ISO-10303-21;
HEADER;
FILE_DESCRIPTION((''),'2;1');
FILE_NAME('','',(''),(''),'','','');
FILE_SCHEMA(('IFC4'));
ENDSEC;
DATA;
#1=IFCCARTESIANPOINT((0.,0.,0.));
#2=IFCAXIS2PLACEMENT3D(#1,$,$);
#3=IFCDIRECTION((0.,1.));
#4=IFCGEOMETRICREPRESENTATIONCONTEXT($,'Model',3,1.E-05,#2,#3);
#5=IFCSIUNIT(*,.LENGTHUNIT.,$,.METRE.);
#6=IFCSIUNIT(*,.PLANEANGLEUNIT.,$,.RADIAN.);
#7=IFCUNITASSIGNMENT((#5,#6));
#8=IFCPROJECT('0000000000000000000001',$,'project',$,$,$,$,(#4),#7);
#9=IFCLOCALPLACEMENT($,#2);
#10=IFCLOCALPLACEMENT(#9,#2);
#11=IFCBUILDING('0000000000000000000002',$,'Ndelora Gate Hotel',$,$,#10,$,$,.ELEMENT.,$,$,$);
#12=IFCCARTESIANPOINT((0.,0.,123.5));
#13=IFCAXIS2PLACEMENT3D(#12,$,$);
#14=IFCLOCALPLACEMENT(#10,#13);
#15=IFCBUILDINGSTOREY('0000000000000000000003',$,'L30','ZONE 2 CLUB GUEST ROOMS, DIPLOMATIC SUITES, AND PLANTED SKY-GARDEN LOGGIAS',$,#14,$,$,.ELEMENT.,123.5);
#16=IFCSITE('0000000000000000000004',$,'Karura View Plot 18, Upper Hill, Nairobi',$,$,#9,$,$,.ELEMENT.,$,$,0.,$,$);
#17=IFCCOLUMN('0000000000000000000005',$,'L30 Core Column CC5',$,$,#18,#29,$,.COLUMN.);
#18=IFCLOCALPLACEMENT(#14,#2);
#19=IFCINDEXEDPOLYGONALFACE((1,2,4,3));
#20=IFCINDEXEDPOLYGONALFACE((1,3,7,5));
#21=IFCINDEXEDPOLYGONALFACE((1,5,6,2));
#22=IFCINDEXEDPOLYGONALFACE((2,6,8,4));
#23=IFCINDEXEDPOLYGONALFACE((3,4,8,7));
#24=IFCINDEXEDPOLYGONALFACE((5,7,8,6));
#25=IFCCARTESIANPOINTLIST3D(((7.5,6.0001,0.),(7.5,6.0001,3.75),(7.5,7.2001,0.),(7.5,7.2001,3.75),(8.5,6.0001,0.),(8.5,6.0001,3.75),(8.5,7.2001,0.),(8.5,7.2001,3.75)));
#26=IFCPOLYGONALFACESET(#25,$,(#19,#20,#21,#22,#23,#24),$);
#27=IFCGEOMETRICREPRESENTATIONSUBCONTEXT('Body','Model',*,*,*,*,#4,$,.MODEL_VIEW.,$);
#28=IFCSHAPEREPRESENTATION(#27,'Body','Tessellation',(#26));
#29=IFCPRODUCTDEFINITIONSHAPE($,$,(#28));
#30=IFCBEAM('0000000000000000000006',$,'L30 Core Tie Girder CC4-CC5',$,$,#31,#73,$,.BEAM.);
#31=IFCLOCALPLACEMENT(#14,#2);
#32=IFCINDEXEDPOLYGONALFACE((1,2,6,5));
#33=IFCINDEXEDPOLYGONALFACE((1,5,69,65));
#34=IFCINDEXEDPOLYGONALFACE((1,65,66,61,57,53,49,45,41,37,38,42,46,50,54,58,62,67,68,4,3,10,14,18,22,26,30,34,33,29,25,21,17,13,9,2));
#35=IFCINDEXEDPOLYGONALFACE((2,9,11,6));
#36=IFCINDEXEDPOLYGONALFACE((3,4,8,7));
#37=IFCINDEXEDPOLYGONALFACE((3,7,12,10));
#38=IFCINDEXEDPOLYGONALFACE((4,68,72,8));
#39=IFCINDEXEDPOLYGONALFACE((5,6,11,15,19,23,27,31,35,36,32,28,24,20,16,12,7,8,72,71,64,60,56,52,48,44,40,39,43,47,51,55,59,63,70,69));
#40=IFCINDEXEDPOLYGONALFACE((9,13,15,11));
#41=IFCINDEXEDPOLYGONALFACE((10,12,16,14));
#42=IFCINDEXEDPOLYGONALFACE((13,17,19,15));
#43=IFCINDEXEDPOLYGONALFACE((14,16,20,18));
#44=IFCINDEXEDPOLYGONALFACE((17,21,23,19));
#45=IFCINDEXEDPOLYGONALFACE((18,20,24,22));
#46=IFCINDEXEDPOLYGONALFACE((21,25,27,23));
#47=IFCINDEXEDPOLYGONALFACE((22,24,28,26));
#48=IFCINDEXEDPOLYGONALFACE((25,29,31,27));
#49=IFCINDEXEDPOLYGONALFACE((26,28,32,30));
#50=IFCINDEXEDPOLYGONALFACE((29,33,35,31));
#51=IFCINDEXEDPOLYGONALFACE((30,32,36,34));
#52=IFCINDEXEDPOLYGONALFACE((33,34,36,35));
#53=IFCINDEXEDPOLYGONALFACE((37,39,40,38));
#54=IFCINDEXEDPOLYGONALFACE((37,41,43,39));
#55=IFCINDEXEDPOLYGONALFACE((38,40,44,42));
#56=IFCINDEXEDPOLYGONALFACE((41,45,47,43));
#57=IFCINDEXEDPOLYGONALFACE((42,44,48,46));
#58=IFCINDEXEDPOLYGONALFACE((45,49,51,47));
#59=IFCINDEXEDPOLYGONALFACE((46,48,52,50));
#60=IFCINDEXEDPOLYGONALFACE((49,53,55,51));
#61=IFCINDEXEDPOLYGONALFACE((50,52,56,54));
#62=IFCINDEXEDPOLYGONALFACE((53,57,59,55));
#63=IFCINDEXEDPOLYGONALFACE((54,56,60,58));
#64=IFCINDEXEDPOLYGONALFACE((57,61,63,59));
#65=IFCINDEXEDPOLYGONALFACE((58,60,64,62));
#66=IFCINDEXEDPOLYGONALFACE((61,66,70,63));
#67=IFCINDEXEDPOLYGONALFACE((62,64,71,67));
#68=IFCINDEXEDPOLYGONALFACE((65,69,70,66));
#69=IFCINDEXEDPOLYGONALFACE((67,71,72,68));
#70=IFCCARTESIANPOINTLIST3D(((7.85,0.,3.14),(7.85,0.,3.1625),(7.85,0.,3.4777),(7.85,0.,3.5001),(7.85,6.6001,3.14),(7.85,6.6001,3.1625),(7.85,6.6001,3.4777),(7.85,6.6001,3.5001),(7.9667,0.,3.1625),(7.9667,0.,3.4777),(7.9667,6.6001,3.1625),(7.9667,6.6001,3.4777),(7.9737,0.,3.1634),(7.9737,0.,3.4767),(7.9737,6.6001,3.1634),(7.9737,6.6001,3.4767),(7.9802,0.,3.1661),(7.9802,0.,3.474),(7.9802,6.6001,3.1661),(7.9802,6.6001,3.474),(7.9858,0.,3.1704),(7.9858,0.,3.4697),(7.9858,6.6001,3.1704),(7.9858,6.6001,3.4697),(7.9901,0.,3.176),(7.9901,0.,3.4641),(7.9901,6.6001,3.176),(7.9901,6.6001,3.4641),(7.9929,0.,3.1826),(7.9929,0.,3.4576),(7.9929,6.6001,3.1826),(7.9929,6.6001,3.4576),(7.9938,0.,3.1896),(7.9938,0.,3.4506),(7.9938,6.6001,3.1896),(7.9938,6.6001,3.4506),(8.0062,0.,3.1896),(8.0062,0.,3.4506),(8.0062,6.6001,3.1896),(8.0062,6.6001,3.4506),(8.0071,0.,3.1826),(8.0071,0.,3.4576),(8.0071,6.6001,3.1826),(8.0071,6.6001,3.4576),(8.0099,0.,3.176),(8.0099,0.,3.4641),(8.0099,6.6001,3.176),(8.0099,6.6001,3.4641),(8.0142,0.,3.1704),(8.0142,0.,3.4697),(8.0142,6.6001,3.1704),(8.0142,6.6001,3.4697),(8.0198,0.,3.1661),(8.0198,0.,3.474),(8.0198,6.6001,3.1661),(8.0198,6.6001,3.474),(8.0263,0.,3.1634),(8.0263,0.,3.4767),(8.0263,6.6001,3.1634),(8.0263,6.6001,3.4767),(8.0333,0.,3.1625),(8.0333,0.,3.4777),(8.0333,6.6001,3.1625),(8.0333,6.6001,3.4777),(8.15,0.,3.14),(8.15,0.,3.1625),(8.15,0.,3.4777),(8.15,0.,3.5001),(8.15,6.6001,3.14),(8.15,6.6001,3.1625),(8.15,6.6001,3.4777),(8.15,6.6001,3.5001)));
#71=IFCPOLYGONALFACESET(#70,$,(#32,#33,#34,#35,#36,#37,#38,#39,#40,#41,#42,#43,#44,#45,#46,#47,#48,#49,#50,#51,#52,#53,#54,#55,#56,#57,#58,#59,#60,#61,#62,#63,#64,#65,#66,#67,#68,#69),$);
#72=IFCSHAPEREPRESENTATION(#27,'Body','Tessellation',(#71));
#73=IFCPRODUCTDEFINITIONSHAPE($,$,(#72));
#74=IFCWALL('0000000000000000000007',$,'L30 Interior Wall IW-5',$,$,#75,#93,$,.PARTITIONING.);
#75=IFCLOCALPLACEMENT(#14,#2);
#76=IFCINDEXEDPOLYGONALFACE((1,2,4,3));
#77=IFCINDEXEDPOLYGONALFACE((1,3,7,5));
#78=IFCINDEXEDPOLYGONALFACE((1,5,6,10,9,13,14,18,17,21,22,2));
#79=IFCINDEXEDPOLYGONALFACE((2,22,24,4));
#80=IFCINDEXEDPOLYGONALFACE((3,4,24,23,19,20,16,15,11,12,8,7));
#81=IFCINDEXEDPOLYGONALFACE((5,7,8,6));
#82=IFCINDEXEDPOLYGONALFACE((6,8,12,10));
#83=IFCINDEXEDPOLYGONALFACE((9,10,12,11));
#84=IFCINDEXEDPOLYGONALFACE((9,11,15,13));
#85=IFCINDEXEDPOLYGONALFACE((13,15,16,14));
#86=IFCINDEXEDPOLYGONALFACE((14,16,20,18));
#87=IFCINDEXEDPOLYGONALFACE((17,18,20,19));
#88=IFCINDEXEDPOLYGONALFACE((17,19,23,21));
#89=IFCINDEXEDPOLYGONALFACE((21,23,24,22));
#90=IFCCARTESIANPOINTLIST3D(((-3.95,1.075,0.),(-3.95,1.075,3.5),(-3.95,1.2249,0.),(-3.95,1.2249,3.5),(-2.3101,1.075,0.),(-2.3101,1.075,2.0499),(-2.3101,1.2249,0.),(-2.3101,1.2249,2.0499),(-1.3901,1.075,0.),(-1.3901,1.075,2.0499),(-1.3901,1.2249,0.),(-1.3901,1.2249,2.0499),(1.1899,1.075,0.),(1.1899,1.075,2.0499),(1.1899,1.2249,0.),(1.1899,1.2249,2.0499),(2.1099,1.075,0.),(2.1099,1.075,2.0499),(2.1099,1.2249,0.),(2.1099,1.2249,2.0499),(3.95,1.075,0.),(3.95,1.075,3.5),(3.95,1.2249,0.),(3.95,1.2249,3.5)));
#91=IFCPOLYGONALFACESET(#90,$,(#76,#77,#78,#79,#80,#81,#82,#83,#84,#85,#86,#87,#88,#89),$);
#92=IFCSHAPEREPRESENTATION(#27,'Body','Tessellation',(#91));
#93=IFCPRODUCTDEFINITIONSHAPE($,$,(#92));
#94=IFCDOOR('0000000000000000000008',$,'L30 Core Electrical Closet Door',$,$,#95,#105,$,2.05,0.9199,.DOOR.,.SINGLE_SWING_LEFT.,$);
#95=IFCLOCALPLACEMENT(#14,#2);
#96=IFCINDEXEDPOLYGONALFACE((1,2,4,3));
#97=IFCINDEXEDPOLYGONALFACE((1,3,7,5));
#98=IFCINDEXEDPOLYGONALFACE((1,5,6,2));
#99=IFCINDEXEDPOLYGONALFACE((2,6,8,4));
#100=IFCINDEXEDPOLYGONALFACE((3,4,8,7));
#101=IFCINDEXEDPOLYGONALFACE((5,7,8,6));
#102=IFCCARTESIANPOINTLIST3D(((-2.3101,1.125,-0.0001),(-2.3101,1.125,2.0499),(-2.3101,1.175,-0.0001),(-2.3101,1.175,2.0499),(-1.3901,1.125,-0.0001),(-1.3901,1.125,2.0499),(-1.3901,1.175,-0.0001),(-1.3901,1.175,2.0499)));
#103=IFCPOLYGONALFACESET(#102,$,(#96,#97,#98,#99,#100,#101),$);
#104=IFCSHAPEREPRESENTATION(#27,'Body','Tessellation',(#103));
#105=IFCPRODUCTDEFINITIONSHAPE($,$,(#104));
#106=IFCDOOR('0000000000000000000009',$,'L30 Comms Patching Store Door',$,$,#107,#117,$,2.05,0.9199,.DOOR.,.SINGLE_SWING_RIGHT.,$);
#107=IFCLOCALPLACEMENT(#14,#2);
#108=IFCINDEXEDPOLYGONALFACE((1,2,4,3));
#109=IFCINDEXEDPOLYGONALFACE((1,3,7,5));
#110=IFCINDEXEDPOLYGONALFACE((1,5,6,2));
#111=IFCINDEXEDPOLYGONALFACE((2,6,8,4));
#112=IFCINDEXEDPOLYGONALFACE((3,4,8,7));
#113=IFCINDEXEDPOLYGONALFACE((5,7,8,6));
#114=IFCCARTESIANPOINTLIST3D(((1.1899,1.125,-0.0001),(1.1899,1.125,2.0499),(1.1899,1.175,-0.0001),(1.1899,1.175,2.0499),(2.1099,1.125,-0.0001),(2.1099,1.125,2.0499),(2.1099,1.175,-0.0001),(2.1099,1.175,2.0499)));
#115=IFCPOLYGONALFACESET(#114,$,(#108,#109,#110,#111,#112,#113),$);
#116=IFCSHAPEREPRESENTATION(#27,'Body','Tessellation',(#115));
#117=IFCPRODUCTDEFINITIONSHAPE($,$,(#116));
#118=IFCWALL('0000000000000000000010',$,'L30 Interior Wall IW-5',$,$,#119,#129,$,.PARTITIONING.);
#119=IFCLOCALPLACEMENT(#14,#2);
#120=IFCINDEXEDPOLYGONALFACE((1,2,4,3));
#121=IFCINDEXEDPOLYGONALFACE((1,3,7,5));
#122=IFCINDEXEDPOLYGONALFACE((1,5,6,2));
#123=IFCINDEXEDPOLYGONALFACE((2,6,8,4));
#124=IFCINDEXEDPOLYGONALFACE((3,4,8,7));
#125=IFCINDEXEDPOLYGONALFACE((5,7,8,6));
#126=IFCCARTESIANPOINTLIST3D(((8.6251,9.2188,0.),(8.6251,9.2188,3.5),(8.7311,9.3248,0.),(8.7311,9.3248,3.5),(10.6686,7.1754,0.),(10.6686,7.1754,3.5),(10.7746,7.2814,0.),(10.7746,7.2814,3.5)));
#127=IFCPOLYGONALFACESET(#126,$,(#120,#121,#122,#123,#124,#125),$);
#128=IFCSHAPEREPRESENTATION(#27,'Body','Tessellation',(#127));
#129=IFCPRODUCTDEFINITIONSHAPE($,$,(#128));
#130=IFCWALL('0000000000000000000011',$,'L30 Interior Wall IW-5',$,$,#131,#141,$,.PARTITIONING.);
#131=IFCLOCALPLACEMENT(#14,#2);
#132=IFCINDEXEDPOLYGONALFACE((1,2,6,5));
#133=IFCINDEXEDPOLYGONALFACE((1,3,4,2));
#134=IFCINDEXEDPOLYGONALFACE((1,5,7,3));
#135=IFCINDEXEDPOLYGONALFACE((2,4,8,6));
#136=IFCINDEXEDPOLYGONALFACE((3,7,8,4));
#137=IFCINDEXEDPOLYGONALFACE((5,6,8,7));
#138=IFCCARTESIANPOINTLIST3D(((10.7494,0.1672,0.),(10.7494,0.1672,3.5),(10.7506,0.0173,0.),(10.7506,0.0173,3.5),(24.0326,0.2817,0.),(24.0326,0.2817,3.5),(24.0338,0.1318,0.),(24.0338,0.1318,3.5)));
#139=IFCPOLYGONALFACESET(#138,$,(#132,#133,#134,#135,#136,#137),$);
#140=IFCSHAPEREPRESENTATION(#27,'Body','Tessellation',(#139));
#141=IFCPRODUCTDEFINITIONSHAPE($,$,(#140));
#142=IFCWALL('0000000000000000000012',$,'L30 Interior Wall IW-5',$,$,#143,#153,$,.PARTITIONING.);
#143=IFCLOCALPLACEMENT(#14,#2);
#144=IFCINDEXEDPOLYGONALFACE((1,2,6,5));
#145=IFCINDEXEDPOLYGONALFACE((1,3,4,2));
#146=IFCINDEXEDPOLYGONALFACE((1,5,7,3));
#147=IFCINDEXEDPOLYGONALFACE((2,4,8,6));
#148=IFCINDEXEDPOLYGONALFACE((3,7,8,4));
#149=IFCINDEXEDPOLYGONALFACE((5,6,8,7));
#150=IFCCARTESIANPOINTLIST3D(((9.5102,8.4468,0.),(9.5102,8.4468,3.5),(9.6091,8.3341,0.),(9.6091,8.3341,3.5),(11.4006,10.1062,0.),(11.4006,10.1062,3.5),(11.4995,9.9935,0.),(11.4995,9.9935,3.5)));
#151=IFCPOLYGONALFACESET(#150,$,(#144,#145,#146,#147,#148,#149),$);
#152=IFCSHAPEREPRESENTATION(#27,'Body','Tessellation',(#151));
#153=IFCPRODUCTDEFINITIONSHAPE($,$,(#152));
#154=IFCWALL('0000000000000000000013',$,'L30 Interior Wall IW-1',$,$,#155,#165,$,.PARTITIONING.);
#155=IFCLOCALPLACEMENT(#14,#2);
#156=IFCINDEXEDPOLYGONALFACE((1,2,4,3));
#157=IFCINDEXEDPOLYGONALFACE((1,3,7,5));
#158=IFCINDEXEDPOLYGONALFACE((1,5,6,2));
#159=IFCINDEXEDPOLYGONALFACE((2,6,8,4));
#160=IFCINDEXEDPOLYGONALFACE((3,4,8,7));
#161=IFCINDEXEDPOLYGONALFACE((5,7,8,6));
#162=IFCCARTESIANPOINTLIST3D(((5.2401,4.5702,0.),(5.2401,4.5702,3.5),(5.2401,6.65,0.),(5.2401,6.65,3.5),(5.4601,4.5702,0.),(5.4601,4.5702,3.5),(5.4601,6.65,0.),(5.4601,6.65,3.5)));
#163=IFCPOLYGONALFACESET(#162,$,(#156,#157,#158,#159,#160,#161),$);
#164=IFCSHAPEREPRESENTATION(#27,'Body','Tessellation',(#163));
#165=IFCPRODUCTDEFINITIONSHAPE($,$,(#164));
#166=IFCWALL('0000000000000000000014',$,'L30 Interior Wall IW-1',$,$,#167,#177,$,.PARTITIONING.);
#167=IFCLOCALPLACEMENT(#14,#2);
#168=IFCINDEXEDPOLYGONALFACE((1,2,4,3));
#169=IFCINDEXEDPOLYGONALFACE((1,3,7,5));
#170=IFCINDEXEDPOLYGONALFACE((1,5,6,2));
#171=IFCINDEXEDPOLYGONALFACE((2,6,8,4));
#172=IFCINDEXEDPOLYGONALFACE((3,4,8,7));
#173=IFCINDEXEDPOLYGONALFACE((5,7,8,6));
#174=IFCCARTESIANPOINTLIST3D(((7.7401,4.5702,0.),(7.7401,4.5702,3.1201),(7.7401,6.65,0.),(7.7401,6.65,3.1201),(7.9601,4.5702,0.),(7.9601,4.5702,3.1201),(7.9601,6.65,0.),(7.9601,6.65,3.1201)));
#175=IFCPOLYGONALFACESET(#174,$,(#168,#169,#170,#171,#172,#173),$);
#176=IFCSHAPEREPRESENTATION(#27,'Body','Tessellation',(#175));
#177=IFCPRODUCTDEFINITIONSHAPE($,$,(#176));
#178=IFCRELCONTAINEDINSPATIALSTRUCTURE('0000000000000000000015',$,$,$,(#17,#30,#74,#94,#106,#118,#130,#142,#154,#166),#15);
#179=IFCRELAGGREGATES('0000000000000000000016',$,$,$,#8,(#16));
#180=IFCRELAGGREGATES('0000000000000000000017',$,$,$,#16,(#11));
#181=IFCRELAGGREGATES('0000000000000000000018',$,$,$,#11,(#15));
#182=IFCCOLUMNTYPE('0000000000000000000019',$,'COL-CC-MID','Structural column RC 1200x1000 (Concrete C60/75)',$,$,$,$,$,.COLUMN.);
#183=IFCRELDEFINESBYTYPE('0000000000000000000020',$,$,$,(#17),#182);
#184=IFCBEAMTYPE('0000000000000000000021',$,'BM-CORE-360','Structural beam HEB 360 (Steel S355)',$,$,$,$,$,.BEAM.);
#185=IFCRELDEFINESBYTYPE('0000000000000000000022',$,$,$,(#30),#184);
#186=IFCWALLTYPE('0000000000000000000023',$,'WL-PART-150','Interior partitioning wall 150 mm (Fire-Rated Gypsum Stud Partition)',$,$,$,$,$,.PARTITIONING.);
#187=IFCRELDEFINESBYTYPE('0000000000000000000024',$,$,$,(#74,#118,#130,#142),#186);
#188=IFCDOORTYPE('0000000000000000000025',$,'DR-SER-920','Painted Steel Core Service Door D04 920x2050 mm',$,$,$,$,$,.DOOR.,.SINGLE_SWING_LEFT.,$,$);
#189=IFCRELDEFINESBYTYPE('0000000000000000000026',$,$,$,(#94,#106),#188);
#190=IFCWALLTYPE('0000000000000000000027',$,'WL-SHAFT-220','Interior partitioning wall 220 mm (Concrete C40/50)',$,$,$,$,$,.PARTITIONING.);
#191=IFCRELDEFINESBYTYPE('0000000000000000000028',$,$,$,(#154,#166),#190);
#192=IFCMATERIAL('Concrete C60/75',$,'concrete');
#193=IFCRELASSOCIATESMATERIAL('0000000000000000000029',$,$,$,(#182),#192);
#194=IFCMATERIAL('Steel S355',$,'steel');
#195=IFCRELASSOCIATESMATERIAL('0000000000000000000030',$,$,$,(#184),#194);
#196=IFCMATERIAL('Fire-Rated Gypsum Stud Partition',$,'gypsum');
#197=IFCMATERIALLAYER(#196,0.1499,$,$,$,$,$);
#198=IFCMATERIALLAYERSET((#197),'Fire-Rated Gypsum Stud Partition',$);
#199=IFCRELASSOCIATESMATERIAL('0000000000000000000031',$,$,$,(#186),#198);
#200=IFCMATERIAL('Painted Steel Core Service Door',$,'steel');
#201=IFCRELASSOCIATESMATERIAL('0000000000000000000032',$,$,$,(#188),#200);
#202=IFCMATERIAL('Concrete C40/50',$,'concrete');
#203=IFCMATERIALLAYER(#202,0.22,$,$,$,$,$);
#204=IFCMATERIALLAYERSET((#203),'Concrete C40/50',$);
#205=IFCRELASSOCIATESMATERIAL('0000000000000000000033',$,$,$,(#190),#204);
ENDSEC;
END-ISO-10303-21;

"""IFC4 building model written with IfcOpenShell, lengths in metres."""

from ifc_helpers import new_model, si_unit, direction, frame, frame_2d, origin, origin_2d, place, context, subcontext, project, spatial, rectangle, i_section, extrude, material, layer, layer_set, material_profile, profile_set, type_object, element, fill, save


model = new_model("IFC4")

# Units and contexts
model_context = context("Model", 3, precision=1e-05, world=origin(), true_north=direction((0.0, 1.0)))
body_context = subcontext(model_context, "Body", "Model", "MODEL_VIEW")
ifc_project = project(units=[si_unit("LENGTHUNIT", "METRE"), si_unit("PLANEANGLEUNIT", "RADIAN")], contexts=[model_context])

# Site, building, storey
site_placement = place(None, origin())
site = spatial("IfcSite", under=ifc_project, at=site_placement, Name="Karura View Plot 18, Upper Hill, Nairobi", CompositionType="ELEMENT", RefElevation=0.0)
building_placement = place(site_placement, origin())
building = spatial("IfcBuilding", under=site, at=building_placement, Name="Ndelora Gate Hotel", CompositionType="ELEMENT")
storey_placement = place(building_placement, frame((0.0, 0.0, 123.5)))
storey = spatial("IfcBuildingStorey", under=building, at=storey_placement, Name="L30", Description="ZONE 2 CLUB GUEST ROOMS, DIPLOMATIC SUITES, AND PLANTED SKY-GARDEN LOGGIAS", CompositionType="ELEMENT", Elevation=123.5)

# Column
ifc_material_1 = material(Name="Concrete C60/75", Category="concrete")
ifc_material_profile_1 = material_profile(ifc_material_1, rectangle(XDim=1.0, YDim=1.2, at=origin_2d()), Name="RC 1200x1000")
ifc_profile_set_1 = profile_set([ifc_material_profile_1], Name="Concrete C60/75")
column_type = type_object("IfcColumnType", Name="COL-CC-MID", Description="Structural column RC 1200x1000 (Concrete C60/75)", PredefinedType="COLUMN", material=ifc_profile_set_1)
column_placement = place(storey_placement, frame((8.0, 6.6001, 0.0), z_axis=(0.0, 0.0, 1.0), x_axis=(1.0, 0.0, 0.0)))
element("IfcColumn", 1, at=column_placement, inside=storey, type_object=column_type, Name="L30 Core Column CC5", PredefinedType="COLUMN", context=body_context, shape_type="SweptSolid", body=[
    extrude(rectangle(XDim=1.0, YDim=1.2, at=origin_2d()), origin(), (0.0, 0.0, 1.0), 3.75),
])

# Beam
ifc_material_2 = material(Name="Steel S355", Category="steel")
ifc_material_profile_2 = material_profile(ifc_material_2, i_section(OverallWidth=0.3, OverallDepth=0.3601, WebThickness=0.0125, FlangeThickness=0.0225, FilletRadius=0.0271, at=origin_2d()), Name="HEB 360")
ifc_profile_set_2 = profile_set([ifc_material_profile_2], Name="Steel S355")
beam_type = type_object("IfcBeamType", Name="BM-CORE-360", Description="Structural beam HEB 360 (Steel S355)", PredefinedType="BEAM", material=ifc_profile_set_2)
beam_placement = place(storey_placement, frame((8.0, 0.0, 3.3201), z_axis=(0.0, 1.0, 0.0), x_axis=(-1.0, 0.0, 0.0)))
element("IfcBeam", 2, at=beam_placement, inside=storey, type_object=beam_type, Name="L30 Core Tie Girder CC4-CC5", PredefinedType="BEAM", context=body_context, shape_type="SweptSolid", body=[
    extrude(i_section(OverallWidth=0.3, OverallDepth=0.3601, WebThickness=0.0125, FlangeThickness=0.0225, FilletRadius=0.0271, at=origin_2d()), origin(), (0.0, 0.0, 1.0), 6.6001),
])

# Shared definitions
ifc_material_3 = material(Name="Concrete C40/50", Category="concrete")

# Wall, openings, doors
ifc_material_4 = material(Name="Fire-Rated Gypsum Stud Partition", Category="gypsum")
ifc_layer_1 = layer(ifc_material_4, 0.1499)
ifc_layer_set_1 = layer_set([ifc_layer_1], Name="Fire-Rated Gypsum Stud Partition")
wall_type_1 = type_object("IfcWallType", Name="WL-PART-150", Description="Interior partitioning wall 150 mm (Fire-Rated Gypsum Stud Partition)", PredefinedType="PARTITIONING", material=ifc_layer_set_1)
wall_1_placement = place(storey_placement, frame((3.95, 1.1499, 0.0), z_axis=(0.0, 0.0, 1.0), x_axis=(-1.0, 0.0, 0.0)))
wall_1 = element("IfcWall", 3, at=wall_1_placement, inside=storey, type_object=wall_type_1, Name="L30 Interior Wall IW-5", PredefinedType="PARTITIONING", context=body_context, shape_type="SweptSolid", body=[
    extrude(rectangle(XDim=7.8999, YDim=0.1499, at=frame_2d((3.95, 0.0))), origin(), (0.0, 0.0, 1.0), 3.5),
])
opening_1_placement = place(wall_1_placement, frame((5.3401, 0.0, 0.0)))
opening_1 = element("IfcOpeningElement", 4, at=opening_1_placement, cuts=wall_1, PredefinedType="OPENING", context=body_context, shape_type="SweptSolid", body=[
    extrude(rectangle(XDim=0.9199, YDim=2.05, at=frame_2d((0.46, 1.0249))), frame((0.0, 0.085, 0.0), z_axis=(0.0, -1.0, 0.0), x_axis=(1.0, 0.0, 0.0)), (0.0, 0.0, 1.0), 0.1699),
])
opening_2_placement = place(wall_1_placement, frame((1.8401, 0.0, 0.0)))
opening_2 = element("IfcOpeningElement", 5, at=opening_2_placement, cuts=wall_1, PredefinedType="OPENING", context=body_context, shape_type="SweptSolid", body=[
    extrude(rectangle(XDim=0.9199, YDim=2.05, at=frame_2d((0.46, 1.0249))), frame((0.0, 0.085, 0.0), z_axis=(0.0, -1.0, 0.0), x_axis=(1.0, 0.0, 0.0)), (0.0, 0.0, 1.0), 0.1699),
])
ifc_material_5 = material(Name="Painted Steel Core Service Door", Category="steel")
door_type_1 = type_object("IfcDoorType", Name="DR-SER-920", Description="Painted Steel Core Service Door D04 920x2050 mm", OperationType="SINGLE_SWING_LEFT", PredefinedType="DOOR", material=ifc_material_5)
door_1_placement = place(opening_1_placement, origin())
door_1 = element("IfcDoor", 6, at=door_1_placement, inside=storey, type_object=door_type_1, Name="L30 Core Electrical Closet Door", OperationType="SINGLE_SWING_LEFT", OverallHeight=2.05, OverallWidth=0.9199, PredefinedType="DOOR", context=body_context, shape_type="SweptSolid", body=[
    extrude(rectangle(XDim=0.9199, YDim=2.05, at=frame_2d((0.46, 1.0249))), frame((0.0, 0.0249, 0.0), z_axis=(0.0, -1.0, 0.0), x_axis=(1.0, 0.0, 0.0)), (0.0, 0.0, 1.0), 0.05),
])
fill(opening_1, door_1)
door_2_placement = place(opening_2_placement, origin())
door_2 = element("IfcDoor", 7, at=door_2_placement, inside=storey, type_object=door_type_1, Name="L30 Comms Patching Store Door", OperationType="SINGLE_SWING_RIGHT", OverallHeight=2.05, OverallWidth=0.9199, PredefinedType="DOOR", context=body_context, shape_type="SweptSolid", body=[
    extrude(rectangle(XDim=0.9199, YDim=2.05, at=frame_2d((0.46, 1.0249))), frame((0.0, 0.0249, 0.0), z_axis=(0.0, -1.0, 0.0), x_axis=(1.0, 0.0, 0.0)), (0.0, 0.0, 1.0), 0.05),
])
fill(opening_2, door_2)

# Walls
wall_2_placement = place(storey_placement, frame((8.6782, 9.2717, 0.0), z_axis=(0.0, 0.0, 1.0), x_axis=(0.707107, -0.707107, 0.0)))
element("IfcWall", 8, at=wall_2_placement, inside=storey, type_object=wall_type_1, Name="L30 Interior Wall IW-5", PredefinedType="PARTITIONING", context=body_context, shape_type="SweptSolid", body=[
    extrude(rectangle(XDim=2.8899, YDim=0.1499, at=frame_2d((1.4448, 0.0))), origin(), (0.0, 0.0, 1.0), 3.5),
])
wall_3_placement = place(storey_placement, frame((10.75, 0.0923, 0.0), z_axis=(0.0, 0.0, 1.0), x_axis=(0.999963, 0.00862, 0.0)))
element("IfcWall", 9, at=wall_3_placement, inside=storey, type_object=wall_type_1, Name="L30 Interior Wall IW-5", PredefinedType="PARTITIONING", context=body_context, shape_type="SweptSolid", body=[
    extrude(rectangle(XDim=13.2837, YDim=0.1499, at=frame_2d((6.6418, 0.0))), origin(), (0.0, 0.0, 1.0), 3.5),
])
wall_4_placement = place(storey_placement, frame((9.5596, 8.3904, 0.0), z_axis=(0.0, 0.0, 1.0), x_axis=(0.751524, 0.659706, 0.0)))
element("IfcWall", 10, at=wall_4_placement, inside=storey, type_object=wall_type_1, Name="L30 Interior Wall IW-5", PredefinedType="PARTITIONING", context=body_context, shape_type="SweptSolid", body=[
    extrude(rectangle(XDim=2.5154, YDim=0.1499, at=frame_2d((1.2578, 0.0))), origin(), (0.0, 0.0, 1.0), 3.5),
])

# Shared definitions
ifc_layer_2 = layer(ifc_material_3, 0.22)
ifc_layer_set_2 = layer_set([ifc_layer_2], Name="Concrete C40/50")
wall_type_2 = type_object("IfcWallType", Name="WL-SHAFT-220", Description="Interior partitioning wall 220 mm (Concrete C40/50)", PredefinedType="PARTITIONING", material=ifc_layer_set_2)

# Walls
wall_5_placement = place(storey_placement, frame((5.3501, 4.5701, 0.0), z_axis=(0.0, 0.0, 1.0), x_axis=(0.0, 1.0, 0.0)))
element("IfcWall", 11, at=wall_5_placement, inside=storey, type_object=wall_type_2, Name="L30 Interior Wall IW-1", PredefinedType="PARTITIONING", context=body_context, shape_type="SweptSolid", body=[
    extrude(rectangle(XDim=2.0798, YDim=0.22, at=frame_2d((1.04, 0.0))), origin(), (0.0, 0.0, 1.0), 3.5),
])
wall_6_placement = place(storey_placement, frame((7.8501, 4.5701, 0.0), z_axis=(0.0, 0.0, 1.0), x_axis=(0.0, 1.0, 0.0)))
element("IfcWall", 12, at=wall_6_placement, inside=storey, type_object=wall_type_2, Name="L30 Interior Wall IW-1", PredefinedType="PARTITIONING", context=body_context, shape_type="SweptSolid", body=[
    extrude(rectangle(XDim=2.0798, YDim=0.22, at=frame_2d((1.04, 0.0))), origin(), (0.0, 0.0, 1.0), 3.1201),
])

save(model, "model.ifc")
